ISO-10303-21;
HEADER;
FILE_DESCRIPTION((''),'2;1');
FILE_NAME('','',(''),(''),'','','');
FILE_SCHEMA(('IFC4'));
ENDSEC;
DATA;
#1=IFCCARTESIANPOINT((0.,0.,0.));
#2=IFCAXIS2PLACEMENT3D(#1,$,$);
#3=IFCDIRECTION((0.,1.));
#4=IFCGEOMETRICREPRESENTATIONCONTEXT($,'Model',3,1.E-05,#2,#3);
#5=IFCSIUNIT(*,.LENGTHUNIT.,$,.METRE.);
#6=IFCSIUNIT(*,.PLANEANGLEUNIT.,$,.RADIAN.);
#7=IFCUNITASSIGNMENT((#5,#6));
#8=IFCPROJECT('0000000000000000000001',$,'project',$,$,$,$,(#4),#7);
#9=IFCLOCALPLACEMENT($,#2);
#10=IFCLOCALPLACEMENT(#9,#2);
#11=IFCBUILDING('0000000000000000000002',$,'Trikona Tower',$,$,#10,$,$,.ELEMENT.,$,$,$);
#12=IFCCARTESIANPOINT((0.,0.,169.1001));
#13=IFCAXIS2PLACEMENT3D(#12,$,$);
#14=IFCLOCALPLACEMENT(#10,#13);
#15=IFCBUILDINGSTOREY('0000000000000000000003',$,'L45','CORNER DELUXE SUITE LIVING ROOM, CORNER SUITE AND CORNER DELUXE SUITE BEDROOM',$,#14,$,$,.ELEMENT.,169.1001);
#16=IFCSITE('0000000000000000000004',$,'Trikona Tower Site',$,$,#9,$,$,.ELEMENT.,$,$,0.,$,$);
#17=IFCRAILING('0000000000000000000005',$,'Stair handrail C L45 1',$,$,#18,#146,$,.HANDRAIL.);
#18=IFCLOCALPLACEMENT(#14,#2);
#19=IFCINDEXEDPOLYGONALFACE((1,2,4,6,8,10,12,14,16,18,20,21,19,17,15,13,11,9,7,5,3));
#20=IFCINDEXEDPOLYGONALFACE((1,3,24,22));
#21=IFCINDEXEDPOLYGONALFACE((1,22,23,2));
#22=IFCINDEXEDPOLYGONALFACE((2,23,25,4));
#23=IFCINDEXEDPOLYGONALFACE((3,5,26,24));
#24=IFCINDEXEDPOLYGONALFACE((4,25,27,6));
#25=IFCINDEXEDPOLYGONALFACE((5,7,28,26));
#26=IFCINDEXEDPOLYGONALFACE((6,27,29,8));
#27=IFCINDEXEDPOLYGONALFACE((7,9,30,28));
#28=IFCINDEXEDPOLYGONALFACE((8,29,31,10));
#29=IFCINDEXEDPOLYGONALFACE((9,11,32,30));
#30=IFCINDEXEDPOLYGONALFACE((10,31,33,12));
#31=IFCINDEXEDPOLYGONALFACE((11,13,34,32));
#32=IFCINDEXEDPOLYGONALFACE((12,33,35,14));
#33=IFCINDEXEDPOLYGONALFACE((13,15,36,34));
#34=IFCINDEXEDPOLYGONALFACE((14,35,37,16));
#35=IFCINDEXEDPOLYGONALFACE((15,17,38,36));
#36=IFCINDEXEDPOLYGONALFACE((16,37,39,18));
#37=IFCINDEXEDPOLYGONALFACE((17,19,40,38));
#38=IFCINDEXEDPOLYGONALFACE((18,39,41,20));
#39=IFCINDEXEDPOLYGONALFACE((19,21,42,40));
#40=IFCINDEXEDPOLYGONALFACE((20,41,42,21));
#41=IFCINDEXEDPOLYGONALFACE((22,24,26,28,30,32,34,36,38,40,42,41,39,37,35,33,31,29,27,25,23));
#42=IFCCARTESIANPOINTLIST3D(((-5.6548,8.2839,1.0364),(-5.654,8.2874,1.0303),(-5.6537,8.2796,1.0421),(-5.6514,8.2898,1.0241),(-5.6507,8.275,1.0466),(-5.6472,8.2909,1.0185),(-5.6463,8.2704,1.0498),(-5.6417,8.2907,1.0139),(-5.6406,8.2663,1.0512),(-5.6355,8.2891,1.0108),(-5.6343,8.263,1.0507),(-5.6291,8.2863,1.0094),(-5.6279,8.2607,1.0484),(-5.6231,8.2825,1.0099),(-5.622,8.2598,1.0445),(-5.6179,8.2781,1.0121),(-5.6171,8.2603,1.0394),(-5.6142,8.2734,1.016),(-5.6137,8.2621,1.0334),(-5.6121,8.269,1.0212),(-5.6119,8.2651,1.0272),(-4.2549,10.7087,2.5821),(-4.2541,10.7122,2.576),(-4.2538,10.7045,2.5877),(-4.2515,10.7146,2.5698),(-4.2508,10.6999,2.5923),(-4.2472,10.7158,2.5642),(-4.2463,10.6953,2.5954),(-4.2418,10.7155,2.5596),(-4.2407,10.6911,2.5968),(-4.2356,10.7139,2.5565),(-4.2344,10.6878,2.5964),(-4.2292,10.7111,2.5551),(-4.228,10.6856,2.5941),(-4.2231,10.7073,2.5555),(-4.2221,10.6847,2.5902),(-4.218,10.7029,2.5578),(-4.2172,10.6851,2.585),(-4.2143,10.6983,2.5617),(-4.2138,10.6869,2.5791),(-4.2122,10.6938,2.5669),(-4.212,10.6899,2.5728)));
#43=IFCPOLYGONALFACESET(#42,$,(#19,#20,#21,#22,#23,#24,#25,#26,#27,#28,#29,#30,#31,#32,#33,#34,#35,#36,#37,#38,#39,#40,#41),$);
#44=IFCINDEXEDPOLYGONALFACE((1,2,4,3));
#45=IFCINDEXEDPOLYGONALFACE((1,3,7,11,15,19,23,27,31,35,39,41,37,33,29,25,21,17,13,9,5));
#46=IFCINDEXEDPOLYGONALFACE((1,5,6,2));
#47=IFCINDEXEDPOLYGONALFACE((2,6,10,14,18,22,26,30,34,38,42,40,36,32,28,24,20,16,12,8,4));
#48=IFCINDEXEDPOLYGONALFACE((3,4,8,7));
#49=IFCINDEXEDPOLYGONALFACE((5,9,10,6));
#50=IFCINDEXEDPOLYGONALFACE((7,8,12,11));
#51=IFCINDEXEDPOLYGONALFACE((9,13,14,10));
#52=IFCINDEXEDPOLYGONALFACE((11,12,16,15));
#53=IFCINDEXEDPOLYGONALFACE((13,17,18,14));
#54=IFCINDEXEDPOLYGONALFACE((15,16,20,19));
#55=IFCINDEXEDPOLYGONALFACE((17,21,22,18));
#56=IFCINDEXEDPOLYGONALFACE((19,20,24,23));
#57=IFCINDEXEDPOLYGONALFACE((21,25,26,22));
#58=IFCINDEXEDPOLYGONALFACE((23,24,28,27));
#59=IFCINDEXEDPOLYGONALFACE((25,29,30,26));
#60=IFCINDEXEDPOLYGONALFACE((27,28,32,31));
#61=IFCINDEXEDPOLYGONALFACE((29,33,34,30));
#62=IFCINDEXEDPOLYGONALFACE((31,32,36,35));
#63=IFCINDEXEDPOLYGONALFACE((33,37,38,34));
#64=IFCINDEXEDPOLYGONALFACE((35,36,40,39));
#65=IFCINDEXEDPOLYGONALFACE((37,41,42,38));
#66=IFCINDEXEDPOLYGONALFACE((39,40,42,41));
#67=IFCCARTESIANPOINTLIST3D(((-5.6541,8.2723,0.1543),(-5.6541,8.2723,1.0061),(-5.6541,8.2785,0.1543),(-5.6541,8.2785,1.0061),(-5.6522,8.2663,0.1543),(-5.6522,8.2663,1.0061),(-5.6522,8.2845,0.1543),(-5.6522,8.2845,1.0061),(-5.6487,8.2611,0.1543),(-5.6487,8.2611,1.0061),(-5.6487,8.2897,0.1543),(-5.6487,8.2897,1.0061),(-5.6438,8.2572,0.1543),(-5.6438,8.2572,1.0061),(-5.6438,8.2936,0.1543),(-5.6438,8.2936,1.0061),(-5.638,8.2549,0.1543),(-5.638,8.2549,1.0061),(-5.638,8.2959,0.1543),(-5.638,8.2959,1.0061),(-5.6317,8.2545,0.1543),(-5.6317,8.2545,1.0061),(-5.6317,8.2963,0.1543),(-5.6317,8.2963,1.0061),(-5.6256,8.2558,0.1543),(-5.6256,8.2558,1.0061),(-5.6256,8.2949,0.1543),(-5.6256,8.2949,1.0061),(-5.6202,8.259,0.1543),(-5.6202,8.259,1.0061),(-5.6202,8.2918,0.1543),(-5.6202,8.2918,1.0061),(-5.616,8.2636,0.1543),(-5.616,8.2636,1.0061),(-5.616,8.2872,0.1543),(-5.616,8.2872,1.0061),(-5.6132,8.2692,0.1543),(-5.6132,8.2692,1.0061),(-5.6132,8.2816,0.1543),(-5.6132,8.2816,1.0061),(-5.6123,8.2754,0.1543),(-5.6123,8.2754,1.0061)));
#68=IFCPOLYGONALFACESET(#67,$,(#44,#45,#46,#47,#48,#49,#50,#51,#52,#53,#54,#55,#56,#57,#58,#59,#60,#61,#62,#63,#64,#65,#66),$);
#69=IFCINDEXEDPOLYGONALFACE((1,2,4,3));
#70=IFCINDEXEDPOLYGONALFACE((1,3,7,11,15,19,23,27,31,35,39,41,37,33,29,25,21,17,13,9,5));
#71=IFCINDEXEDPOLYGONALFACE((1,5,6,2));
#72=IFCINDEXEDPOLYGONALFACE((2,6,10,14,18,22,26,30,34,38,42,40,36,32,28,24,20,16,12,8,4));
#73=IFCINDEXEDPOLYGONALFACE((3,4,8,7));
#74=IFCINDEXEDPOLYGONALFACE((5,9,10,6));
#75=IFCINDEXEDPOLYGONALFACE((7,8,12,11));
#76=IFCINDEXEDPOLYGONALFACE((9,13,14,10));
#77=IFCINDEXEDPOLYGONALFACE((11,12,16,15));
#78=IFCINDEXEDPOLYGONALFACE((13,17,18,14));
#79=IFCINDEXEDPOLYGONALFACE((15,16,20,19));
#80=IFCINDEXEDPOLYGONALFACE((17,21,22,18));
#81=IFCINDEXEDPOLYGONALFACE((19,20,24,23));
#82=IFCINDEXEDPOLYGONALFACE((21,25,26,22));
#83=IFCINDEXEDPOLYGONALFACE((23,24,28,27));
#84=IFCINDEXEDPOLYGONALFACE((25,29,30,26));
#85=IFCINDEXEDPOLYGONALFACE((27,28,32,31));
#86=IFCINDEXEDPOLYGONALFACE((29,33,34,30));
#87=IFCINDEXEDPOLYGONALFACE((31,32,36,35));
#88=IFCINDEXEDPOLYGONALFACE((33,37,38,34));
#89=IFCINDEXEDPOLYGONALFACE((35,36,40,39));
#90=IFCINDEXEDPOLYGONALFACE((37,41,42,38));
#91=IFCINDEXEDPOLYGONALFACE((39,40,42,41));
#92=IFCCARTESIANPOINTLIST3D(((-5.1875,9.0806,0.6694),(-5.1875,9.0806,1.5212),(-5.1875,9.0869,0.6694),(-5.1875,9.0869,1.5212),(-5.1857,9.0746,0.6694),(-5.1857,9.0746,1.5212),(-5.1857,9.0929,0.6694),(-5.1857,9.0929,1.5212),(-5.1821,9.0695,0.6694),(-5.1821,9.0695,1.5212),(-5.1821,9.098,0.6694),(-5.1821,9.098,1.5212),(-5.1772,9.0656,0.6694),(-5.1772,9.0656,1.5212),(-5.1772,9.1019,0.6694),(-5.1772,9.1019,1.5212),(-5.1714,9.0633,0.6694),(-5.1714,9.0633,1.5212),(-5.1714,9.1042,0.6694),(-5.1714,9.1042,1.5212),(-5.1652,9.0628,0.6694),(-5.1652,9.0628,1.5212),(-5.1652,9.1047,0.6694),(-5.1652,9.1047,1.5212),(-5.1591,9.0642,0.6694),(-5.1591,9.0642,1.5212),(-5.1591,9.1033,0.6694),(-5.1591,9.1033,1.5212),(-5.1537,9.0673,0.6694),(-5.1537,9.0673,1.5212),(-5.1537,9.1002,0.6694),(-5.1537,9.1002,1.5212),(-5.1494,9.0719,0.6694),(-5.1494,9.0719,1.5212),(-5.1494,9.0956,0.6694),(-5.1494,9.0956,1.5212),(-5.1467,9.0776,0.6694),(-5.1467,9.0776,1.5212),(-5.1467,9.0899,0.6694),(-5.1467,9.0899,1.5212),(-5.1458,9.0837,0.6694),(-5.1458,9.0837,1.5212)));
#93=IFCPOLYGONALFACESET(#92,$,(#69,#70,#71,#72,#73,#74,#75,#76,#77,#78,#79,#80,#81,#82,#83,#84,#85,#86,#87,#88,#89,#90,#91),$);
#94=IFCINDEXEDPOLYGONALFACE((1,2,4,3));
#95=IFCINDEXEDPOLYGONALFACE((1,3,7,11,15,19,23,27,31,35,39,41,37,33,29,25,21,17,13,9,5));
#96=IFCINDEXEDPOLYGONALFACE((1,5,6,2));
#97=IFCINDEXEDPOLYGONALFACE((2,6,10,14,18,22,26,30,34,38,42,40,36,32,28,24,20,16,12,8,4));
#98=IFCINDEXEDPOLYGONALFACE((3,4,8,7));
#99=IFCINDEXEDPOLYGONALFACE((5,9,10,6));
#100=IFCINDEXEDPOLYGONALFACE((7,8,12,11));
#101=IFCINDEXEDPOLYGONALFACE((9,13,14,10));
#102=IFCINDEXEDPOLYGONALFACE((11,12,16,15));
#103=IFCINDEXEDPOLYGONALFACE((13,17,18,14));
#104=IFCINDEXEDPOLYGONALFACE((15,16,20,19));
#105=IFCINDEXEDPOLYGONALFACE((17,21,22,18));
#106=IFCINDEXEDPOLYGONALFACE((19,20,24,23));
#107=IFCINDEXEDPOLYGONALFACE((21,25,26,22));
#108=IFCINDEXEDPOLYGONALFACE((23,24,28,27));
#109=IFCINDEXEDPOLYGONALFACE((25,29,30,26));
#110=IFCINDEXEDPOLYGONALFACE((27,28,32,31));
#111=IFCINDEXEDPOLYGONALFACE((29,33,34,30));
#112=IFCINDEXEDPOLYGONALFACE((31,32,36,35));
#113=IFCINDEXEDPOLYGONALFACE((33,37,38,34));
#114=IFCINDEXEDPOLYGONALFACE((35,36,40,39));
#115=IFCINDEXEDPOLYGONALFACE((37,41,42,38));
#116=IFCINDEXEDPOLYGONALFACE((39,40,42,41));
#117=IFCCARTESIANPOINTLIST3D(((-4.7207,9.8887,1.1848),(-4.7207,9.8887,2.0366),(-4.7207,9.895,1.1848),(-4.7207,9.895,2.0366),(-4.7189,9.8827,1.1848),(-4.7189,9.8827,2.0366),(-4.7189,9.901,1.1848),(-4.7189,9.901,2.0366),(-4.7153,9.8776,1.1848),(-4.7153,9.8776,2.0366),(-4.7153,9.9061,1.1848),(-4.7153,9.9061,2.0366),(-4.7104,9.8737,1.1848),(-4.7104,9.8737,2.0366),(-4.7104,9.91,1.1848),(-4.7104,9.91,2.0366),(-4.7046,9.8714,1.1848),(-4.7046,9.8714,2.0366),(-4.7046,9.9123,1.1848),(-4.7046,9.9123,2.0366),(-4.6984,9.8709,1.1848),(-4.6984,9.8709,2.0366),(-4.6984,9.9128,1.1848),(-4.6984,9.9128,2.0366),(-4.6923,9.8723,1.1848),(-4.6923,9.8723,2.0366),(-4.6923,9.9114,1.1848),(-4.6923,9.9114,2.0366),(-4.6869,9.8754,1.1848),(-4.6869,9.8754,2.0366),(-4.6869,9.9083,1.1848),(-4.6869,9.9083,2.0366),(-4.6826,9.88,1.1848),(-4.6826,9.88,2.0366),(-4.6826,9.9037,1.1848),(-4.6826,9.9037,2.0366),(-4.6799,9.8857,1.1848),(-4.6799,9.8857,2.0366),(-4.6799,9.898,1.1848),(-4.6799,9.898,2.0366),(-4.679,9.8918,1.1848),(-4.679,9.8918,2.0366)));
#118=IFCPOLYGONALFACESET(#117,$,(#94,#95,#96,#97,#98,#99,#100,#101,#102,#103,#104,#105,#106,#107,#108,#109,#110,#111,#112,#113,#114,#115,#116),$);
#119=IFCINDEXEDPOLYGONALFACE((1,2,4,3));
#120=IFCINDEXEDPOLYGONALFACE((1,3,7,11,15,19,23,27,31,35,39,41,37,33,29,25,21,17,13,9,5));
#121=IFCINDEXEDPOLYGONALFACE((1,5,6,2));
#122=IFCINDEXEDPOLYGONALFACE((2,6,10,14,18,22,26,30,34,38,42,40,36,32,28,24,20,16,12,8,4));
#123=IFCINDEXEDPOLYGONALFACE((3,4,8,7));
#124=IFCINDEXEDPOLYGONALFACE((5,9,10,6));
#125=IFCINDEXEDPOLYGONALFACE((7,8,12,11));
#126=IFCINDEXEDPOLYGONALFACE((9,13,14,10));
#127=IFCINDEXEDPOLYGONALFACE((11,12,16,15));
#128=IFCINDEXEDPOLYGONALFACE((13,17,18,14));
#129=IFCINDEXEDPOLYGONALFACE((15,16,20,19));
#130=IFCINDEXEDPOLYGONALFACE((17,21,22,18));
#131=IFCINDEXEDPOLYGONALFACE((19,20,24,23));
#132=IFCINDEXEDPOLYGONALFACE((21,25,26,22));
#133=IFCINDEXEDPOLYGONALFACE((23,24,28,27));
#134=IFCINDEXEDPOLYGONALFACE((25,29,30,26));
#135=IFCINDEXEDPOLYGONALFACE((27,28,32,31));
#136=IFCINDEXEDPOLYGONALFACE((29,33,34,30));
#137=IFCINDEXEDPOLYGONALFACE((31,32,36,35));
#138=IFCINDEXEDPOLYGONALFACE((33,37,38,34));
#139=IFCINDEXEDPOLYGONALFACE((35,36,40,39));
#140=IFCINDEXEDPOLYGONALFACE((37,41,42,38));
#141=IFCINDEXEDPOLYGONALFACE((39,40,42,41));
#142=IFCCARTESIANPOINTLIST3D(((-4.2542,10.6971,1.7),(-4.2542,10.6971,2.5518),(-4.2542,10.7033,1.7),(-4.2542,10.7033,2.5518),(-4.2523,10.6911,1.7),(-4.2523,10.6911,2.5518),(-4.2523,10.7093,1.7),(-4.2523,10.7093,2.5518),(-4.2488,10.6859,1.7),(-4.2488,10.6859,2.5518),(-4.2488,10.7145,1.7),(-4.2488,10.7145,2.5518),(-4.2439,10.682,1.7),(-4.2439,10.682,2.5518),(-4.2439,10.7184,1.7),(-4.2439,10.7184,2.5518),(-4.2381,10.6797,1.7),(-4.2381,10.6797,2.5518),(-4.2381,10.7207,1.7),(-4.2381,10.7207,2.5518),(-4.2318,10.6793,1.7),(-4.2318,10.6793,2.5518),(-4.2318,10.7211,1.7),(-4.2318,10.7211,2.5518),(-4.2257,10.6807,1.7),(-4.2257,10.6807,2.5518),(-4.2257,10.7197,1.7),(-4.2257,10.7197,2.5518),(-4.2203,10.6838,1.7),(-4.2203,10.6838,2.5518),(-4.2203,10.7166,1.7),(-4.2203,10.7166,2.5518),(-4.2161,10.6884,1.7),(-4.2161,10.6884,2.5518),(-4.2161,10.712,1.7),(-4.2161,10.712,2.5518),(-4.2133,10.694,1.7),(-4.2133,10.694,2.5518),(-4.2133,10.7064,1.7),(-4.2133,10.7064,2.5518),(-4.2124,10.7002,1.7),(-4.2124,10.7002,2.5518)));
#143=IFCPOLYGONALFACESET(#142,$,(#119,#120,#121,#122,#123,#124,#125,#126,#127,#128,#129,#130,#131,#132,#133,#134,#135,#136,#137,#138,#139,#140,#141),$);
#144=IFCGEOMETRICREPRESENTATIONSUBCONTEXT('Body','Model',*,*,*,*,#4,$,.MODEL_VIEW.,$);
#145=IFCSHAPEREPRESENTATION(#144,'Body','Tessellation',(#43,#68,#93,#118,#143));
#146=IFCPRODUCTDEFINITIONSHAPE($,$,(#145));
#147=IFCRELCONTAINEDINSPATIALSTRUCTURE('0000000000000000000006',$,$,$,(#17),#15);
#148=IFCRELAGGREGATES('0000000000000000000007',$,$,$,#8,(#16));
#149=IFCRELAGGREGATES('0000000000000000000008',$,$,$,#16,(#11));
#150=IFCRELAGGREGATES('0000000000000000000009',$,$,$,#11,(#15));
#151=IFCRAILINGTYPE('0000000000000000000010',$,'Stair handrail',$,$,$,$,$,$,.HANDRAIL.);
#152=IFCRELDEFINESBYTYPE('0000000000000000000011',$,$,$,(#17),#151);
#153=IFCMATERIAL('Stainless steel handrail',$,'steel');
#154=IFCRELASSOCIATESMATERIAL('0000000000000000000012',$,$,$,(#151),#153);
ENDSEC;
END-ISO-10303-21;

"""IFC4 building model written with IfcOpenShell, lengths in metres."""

from ifc_helpers import new_model, si_unit, direction, frame, origin, origin_2d, place, context, subcontext, project, spatial, circle, extrude, material, type_object, element, save


model = new_model("IFC4")

# Units and contexts
model_context = context("Model", 3, precision=1e-05, world=origin(), true_north=direction((0.0, 1.0)))
body_context = subcontext(model_context, "Body", "Model", "MODEL_VIEW")
ifc_project = project(units=[si_unit("LENGTHUNIT", "METRE"), si_unit("PLANEANGLEUNIT", "RADIAN")], contexts=[model_context])

# Site, building, storey
site_placement = place(None, origin())
site = spatial("IfcSite", under=ifc_project, at=site_placement, Name="Trikona Tower Site", CompositionType="ELEMENT", RefElevation=0.0)
building_placement = place(site_placement, origin())
building = spatial("IfcBuilding", under=site, at=building_placement, Name="Trikona Tower", CompositionType="ELEMENT")
storey_placement = place(building_placement, frame((0.0, 0.0, 169.1001)))
storey = spatial("IfcBuildingStorey", under=building, at=storey_placement, Name="L45", Description="CORNER DELUXE SUITE LIVING ROOM, CORNER SUITE AND CORNER DELUXE SUITE BEDROOM", CompositionType="ELEMENT", Elevation=169.1001)

# Railing
ifc_material_1 = material(Name="Stainless steel handrail", Category="steel")
railing_type = type_object("IfcRailingType", Name="Stair handrail", PredefinedType="HANDRAIL", material=ifc_material_1)
railing_1_placement = place(storey_placement, frame((-5.6333, 8.2754, 0.1543)))
element("IfcRailing", 1, at=railing_1_placement, inside=storey, type_object=railing_type, Name="Stair handrail C L45 1", PredefinedType="HANDRAIL", context=body_context, shape_type="SweptSolid", body=[
    extrude(circle(Radius=0.0239, at=origin_2d()), frame((0.0, 0.0, 0.876), z_axis=(0.437716, 0.758179, 0.48329), x_axis=(-0.866035, 0.499984, 0.0)), (0.0, 0.0, 1.0), 3.1982),
    extrude(circle(Radius=0.021, at=origin_2d()), origin(), (0.0, 0.0, 1.0), 0.8518),
    extrude(circle(Radius=0.021, at=origin_2d()), frame((0.4666, 0.8083, 0.5151)), (0.0, 0.0, 1.0), 0.8518),
    extrude(circle(Radius=0.021, at=origin_2d()), frame((0.9333, 1.6165, 1.0305)), (0.0, 0.0, 1.0), 0.8518),
    extrude(circle(Radius=0.021, at=origin_2d()), frame((1.3999, 2.4248, 1.5457)), (0.0, 0.0, 1.0), 0.8518),
])

save(model, "model.ifc")
